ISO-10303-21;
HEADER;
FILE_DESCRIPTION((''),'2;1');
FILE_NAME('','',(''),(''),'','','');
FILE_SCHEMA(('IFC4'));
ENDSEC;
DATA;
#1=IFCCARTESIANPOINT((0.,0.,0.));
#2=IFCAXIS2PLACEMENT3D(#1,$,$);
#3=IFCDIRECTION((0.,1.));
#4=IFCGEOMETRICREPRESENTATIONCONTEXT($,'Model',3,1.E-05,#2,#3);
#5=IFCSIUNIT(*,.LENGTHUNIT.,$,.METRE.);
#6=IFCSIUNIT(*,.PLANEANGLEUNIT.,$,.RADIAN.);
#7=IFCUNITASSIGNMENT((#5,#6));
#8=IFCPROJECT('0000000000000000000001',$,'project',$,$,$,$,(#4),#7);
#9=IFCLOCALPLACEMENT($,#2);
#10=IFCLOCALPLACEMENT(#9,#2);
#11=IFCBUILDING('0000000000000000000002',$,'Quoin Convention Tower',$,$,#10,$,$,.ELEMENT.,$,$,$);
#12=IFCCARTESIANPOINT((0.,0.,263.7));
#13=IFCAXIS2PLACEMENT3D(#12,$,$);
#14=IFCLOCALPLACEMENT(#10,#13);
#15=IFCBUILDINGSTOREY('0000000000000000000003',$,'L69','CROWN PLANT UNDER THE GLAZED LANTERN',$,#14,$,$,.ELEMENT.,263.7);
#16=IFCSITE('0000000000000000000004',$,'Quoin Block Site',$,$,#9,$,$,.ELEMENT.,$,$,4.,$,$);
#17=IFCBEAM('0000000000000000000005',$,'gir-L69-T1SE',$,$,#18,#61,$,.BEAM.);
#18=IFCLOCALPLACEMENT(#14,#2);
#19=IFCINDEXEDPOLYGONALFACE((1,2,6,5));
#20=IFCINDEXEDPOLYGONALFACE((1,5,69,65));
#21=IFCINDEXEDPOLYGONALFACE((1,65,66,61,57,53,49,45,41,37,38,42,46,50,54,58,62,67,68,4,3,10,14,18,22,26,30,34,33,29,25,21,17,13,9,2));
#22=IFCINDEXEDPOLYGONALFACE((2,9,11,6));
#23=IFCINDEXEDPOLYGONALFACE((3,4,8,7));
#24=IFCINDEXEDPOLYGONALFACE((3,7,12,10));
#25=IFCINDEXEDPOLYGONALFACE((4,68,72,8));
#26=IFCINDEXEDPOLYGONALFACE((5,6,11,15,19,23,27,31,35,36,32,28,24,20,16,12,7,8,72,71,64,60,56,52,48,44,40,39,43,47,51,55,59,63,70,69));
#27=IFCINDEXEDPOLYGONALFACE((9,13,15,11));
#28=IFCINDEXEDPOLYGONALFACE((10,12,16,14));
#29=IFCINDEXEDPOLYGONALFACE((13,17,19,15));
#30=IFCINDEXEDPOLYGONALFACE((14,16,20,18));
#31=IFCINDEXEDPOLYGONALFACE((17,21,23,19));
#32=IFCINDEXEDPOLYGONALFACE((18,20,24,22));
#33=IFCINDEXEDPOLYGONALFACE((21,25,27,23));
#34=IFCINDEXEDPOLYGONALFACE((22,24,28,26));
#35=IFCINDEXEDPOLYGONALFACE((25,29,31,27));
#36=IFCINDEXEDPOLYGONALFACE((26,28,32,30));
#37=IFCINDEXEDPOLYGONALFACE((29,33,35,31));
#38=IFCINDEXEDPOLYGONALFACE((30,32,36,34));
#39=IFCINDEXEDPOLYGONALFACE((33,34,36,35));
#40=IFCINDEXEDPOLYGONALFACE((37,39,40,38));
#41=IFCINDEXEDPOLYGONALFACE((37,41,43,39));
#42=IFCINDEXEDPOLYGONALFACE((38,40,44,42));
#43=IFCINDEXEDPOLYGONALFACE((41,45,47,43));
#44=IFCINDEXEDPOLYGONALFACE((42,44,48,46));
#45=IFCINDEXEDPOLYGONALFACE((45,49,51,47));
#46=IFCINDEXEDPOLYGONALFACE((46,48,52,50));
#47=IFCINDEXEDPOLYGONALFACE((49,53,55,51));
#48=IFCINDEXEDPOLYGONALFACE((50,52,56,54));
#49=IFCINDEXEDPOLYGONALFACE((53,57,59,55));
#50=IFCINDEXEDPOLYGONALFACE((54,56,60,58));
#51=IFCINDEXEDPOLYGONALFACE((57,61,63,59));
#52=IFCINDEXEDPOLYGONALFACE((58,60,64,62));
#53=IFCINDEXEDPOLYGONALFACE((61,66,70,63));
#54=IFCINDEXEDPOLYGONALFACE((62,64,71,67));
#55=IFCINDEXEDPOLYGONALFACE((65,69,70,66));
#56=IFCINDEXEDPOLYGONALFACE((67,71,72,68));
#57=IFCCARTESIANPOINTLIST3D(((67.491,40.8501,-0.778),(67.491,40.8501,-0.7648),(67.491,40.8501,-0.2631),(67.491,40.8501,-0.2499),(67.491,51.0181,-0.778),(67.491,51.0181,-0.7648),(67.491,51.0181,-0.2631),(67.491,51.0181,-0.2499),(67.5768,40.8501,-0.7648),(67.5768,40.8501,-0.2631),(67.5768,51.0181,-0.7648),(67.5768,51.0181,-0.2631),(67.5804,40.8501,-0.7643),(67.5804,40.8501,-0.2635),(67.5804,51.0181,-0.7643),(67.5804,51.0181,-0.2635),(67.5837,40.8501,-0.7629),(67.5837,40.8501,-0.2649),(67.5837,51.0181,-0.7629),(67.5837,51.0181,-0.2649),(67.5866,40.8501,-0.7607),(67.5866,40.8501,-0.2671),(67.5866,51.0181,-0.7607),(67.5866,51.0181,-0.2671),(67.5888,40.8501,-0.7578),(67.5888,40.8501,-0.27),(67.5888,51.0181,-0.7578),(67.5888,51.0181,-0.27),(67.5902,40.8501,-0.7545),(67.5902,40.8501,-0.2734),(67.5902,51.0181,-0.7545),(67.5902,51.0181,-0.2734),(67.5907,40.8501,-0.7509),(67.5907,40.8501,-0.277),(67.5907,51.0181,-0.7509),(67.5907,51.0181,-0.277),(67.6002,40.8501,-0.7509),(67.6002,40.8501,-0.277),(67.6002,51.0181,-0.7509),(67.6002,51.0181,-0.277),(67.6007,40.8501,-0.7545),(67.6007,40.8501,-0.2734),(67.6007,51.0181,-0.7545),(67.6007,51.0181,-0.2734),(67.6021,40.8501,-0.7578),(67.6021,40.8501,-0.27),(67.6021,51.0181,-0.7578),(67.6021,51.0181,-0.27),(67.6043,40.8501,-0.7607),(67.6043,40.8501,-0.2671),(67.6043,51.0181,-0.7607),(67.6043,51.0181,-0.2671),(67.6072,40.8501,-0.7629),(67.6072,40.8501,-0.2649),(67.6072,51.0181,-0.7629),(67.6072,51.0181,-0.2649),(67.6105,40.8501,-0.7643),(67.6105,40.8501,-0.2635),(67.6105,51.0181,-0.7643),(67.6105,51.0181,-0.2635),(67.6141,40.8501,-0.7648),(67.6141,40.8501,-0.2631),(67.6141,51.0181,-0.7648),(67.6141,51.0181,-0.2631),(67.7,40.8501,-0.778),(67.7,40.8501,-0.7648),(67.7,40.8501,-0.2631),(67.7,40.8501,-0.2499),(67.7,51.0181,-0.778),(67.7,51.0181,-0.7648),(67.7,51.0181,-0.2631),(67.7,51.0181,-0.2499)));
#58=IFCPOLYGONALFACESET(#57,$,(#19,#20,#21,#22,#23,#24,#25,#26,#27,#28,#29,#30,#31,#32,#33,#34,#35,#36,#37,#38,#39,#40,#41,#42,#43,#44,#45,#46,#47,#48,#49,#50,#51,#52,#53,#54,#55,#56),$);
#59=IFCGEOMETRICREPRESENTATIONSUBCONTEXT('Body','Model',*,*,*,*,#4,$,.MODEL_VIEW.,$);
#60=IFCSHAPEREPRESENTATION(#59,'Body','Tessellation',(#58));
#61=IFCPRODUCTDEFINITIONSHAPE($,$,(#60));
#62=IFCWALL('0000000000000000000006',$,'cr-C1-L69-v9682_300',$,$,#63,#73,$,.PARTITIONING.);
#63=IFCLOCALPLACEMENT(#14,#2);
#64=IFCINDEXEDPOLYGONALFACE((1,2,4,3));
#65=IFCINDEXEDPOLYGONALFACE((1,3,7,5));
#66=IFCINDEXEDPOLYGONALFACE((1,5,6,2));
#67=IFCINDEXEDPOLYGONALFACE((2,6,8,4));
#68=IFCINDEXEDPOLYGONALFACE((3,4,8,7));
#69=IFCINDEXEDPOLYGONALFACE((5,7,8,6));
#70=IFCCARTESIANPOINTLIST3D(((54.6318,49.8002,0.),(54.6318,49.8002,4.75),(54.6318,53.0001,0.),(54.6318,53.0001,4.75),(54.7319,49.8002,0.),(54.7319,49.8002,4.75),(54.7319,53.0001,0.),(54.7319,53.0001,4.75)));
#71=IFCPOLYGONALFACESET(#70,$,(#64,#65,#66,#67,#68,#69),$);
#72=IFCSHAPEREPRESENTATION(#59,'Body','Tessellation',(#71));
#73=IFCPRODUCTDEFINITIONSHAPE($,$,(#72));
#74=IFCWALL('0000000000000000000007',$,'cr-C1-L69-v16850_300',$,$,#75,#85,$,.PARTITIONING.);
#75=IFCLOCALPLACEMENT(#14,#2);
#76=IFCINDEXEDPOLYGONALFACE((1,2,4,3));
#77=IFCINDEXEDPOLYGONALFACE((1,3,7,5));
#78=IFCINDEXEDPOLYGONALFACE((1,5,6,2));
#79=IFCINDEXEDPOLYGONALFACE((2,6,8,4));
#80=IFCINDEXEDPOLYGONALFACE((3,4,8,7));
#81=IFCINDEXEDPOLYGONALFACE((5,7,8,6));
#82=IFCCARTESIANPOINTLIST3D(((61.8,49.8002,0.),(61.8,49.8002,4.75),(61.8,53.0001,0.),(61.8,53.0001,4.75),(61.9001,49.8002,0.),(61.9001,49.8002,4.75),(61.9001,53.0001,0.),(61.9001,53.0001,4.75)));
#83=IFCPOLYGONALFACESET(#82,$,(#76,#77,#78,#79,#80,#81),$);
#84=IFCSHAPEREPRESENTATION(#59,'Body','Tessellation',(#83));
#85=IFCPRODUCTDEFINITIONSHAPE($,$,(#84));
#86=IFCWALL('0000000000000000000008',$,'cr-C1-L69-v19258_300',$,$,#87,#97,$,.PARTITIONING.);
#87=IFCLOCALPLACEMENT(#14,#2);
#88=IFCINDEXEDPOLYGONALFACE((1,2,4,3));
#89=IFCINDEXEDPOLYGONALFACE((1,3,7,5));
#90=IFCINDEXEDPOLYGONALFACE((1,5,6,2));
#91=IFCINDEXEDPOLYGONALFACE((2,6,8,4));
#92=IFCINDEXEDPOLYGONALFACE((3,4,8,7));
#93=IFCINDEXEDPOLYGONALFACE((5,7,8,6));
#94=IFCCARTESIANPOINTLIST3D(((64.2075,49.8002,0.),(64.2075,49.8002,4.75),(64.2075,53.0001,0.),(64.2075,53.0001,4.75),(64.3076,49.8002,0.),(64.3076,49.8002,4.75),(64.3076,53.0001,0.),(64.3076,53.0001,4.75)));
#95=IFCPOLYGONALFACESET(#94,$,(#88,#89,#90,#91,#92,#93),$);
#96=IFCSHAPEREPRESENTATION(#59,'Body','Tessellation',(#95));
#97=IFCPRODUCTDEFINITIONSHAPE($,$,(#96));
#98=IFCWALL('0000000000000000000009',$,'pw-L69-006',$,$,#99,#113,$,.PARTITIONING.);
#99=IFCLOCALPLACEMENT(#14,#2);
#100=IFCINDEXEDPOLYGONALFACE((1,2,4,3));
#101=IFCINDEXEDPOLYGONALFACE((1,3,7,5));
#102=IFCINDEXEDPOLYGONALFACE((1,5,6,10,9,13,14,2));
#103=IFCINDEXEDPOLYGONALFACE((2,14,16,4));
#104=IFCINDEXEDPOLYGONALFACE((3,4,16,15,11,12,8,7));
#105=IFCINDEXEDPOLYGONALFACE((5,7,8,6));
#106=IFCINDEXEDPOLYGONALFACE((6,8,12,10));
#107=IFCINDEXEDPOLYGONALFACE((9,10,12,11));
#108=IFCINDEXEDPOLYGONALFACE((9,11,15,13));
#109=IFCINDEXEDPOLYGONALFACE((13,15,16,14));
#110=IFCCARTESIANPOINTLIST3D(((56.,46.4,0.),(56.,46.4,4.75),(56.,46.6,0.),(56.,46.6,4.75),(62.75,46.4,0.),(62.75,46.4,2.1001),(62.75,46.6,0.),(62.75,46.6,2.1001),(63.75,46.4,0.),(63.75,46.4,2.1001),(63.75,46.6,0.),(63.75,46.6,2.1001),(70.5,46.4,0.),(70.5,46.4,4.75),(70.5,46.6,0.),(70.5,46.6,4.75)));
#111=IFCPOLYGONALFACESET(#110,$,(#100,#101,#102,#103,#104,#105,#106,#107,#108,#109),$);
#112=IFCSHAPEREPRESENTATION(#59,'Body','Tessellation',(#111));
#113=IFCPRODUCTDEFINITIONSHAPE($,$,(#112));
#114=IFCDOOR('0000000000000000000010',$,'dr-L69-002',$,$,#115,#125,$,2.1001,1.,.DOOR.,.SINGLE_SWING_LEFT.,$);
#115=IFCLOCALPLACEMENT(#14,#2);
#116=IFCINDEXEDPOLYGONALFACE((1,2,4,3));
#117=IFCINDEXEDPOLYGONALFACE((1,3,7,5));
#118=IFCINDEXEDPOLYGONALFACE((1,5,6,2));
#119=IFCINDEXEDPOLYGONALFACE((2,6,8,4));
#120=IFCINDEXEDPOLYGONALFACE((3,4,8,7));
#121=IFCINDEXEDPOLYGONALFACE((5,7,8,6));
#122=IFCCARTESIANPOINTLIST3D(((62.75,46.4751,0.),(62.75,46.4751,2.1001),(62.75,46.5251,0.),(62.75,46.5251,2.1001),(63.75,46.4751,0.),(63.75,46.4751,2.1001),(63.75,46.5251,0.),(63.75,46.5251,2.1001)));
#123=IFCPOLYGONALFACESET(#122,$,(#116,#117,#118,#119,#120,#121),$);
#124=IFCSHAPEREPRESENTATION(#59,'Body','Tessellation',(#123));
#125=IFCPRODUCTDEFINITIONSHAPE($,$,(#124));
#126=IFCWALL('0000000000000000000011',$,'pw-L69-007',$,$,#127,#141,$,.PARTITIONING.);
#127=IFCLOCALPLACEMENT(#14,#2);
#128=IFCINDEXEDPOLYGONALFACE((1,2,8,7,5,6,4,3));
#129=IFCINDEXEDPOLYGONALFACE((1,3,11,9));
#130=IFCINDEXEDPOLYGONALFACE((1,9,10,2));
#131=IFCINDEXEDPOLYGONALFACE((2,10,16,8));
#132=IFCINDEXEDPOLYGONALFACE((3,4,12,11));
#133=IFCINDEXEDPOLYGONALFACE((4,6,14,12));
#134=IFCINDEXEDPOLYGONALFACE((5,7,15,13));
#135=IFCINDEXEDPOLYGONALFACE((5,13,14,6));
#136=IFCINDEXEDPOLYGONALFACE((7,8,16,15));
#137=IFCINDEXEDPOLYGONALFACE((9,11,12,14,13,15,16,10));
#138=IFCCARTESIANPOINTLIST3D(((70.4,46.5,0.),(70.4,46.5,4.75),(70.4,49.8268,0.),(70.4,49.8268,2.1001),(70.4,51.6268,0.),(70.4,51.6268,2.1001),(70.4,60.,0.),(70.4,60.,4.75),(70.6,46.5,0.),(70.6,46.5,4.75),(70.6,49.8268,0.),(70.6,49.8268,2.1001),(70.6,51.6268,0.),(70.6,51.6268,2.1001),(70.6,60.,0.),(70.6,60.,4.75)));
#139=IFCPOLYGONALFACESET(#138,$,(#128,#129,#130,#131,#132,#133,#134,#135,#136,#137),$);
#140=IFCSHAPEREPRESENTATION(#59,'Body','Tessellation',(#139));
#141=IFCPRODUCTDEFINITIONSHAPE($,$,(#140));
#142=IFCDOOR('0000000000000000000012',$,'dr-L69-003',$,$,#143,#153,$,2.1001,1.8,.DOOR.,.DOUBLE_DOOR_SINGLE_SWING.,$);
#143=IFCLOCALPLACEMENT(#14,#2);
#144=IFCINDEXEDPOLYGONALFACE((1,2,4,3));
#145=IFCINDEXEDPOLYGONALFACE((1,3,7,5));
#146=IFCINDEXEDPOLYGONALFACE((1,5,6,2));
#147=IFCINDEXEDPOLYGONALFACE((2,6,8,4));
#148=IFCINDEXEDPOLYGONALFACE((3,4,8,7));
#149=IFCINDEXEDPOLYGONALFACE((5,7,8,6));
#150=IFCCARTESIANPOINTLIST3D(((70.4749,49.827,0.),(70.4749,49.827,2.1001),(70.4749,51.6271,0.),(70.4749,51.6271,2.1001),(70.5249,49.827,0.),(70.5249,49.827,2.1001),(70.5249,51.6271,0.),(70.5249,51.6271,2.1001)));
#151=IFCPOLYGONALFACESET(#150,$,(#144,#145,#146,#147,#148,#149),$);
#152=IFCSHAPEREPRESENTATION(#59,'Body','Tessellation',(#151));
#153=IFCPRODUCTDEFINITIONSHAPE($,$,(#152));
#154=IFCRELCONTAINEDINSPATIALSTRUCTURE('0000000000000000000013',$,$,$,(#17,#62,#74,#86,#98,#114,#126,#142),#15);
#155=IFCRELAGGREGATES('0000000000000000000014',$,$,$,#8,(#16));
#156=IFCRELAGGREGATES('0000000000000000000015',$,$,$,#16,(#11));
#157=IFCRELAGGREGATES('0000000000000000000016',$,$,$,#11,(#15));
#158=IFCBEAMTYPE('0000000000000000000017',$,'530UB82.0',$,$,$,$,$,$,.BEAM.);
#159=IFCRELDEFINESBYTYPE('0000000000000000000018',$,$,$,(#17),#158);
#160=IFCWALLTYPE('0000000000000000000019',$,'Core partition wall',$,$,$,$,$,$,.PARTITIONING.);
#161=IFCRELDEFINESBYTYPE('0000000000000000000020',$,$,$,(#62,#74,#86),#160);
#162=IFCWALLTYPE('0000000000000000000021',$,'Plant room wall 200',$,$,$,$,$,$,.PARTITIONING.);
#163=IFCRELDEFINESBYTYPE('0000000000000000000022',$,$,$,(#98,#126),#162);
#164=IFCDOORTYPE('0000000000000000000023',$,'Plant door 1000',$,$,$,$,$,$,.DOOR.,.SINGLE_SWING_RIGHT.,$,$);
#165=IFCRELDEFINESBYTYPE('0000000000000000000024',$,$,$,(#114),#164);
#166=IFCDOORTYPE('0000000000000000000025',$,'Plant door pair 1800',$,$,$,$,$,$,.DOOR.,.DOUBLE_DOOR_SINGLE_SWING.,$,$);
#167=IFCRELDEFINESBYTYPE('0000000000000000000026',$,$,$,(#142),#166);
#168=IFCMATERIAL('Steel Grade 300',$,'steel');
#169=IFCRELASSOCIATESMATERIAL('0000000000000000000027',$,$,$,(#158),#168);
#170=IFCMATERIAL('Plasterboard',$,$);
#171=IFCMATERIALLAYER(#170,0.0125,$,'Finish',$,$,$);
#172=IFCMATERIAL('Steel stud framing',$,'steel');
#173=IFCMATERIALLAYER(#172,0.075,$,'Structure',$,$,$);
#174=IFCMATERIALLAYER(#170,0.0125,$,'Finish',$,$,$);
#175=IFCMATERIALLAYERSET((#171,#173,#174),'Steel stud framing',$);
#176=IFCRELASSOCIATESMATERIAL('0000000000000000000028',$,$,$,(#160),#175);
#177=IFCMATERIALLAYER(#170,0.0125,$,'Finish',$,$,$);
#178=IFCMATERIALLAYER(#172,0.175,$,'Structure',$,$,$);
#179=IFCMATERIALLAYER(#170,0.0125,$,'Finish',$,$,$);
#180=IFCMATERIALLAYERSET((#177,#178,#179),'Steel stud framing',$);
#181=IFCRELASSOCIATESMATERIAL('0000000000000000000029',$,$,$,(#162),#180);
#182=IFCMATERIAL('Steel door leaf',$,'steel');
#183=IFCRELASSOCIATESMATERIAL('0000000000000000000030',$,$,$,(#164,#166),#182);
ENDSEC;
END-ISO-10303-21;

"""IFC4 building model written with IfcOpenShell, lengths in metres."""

from ifc_helpers import new_model, si_unit, direction, frame, frame_2d, origin, origin_2d, place, context, subcontext, project, spatial, rectangle, i_section, extrude, material, layer, layer_set, material_profile, profile_set, type_object, element, fill, save


model = new_model("IFC4")

# Units and contexts
model_context = context("Model", 3, precision=1e-05, world=origin(), true_north=direction((0.0, 1.0)))
body_context = subcontext(model_context, "Body", "Model", "MODEL_VIEW")
ifc_project = project(units=[si_unit("LENGTHUNIT", "METRE"), si_unit("PLANEANGLEUNIT", "RADIAN")], contexts=[model_context])

# Site, building, storey
site_placement = place(None, origin())
site = spatial("IfcSite", under=ifc_project, at=site_placement, Name="Quoin Block Site", CompositionType="ELEMENT", RefElevation=4.0)
building_placement = place(site_placement, origin())
building = spatial("IfcBuilding", under=site, at=building_placement, Name="Quoin Convention Tower", CompositionType="ELEMENT")
storey_placement = place(building_placement, frame((0.0, 0.0, 263.7)))
storey = spatial("IfcBuildingStorey", under=building, at=storey_placement, Name="L69", Description="CROWN PLANT UNDER THE GLAZED LANTERN", CompositionType="ELEMENT", Elevation=263.7)

# Beam
ifc_material_1 = material(Name="Steel Grade 300", Category="steel")
ifc_material_profile_1 = material_profile(ifc_material_1, i_section(OverallWidth=0.209, OverallDepth=0.5281, WebThickness=0.0095, FlangeThickness=0.0132, FilletRadius=0.0139, at=origin_2d()), Name="530UB82.0")
ifc_profile_set_1 = profile_set([ifc_material_profile_1], Name="Steel Grade 300")
beam_type_1 = type_object("IfcBeamType", Name="530UB82.0", PredefinedType="BEAM", material=ifc_profile_set_1)
beam_1_placement = place(storey_placement, frame((67.5955, 40.8501, -0.5139), z_axis=(0.0, 1.0, 0.0), x_axis=(-1.0, 0.0, 0.0)))
element("IfcBeam", 1, at=beam_1_placement, inside=storey, type_object=beam_type_1, Name="gir-L69-T1SE", PredefinedType="BEAM", context=body_context, shape_type="SweptSolid", body=[
    extrude(i_section(OverallWidth=0.209, OverallDepth=0.5281, WebThickness=0.0095, FlangeThickness=0.0132, FilletRadius=0.0139, at=origin_2d()), origin(), (0.0, 0.0, 1.0), 10.168),
])

# Walls
ifc_material_2 = material(Name="Plasterboard")
ifc_layer_1 = layer(ifc_material_2, 0.0125, Name="Finish")
ifc_material_3 = material(Name="Steel stud framing", Category="steel")
ifc_layer_2 = layer(ifc_material_3, 0.075, Name="Structure")
ifc_layer_3 = layer(ifc_material_2, 0.0125, Name="Finish")
ifc_layer_set_1 = layer_set([ifc_layer_1, ifc_layer_2, ifc_layer_3], Name="Steel stud framing")
wall_type_1 = type_object("IfcWallType", Name="Core partition wall", PredefinedType="PARTITIONING", material=ifc_layer_set_1)
for number, where, z_axis, x_axis, name in (
    (2, (54.6819, 49.8, 0.0), (0.0, 0.0, 1.0), (0.0, 1.0, 0.0), "cr-C1-L69-v9682_300"),
    (3, (61.8501, 49.8, 0.0), (0.0, 0.0, 1.0), (0.0, 1.0, 0.0), "cr-C1-L69-v16850_300"),
    (4, (64.2576, 49.8, 0.0), (0.0, 0.0, 1.0), (0.0, 1.0, 0.0), "cr-C1-L69-v19258_300"),
):
    element("IfcWall", number, at=place(storey_placement, frame(where, z_axis=z_axis, x_axis=x_axis)), inside=storey, type_object=wall_type_1, Name=name, PredefinedType="PARTITIONING", context=body_context, shape_type="SweptSolid", body=[
        extrude(rectangle(XDim=3.2, YDim=0.1001, at=frame_2d((1.6001, 0.0))), origin(), (0.0, 0.0, 1.0), 4.75),
    ])

# Walls, openings, doors
ifc_layer_4 = layer(ifc_material_2, 0.0125, Name="Finish")
ifc_layer_5 = layer(ifc_material_3, 0.175, Name="Structure")
ifc_layer_6 = layer(ifc_material_2, 0.0125, Name="Finish")
ifc_layer_set_2 = layer_set([ifc_layer_4, ifc_layer_5, ifc_layer_6], Name="Steel stud framing")
wall_type_2 = type_object("IfcWallType", Name="Plant room wall 200", PredefinedType="PARTITIONING", material=ifc_layer_set_2)
wall_1_placement = place(storey_placement, frame((56.0, 46.5, 0.0), z_axis=(0.0, 0.0, 1.0), x_axis=(1.0, 0.0, 0.0)))
wall_1 = element("IfcWall", 5, at=wall_1_placement, inside=storey, type_object=wall_type_2, Name="pw-L69-006", PredefinedType="PARTITIONING", context=body_context, shape_type="SweptSolid", body=[
    extrude(rectangle(XDim=14.5, YDim=0.2, at=frame_2d((7.25, 0.0))), origin(), (0.0, 0.0, 1.0), 4.75),
])
opening_1_placement = place(wall_1_placement, frame((6.75, 0.0, 0.0)))
opening_1 = element("IfcOpeningElement", 6, at=opening_1_placement, cuts=wall_1, PredefinedType="OPENING", context=body_context, shape_type="SweptSolid", body=[
    extrude(rectangle(XDim=1.0, YDim=2.1001, at=frame_2d((0.5, 1.05))), frame((0.0, 0.1099, 0.0), z_axis=(0.0, -1.0, 0.0), x_axis=(1.0, 0.0, 0.0)), (0.0, 0.0, 1.0), 0.22),
])
ifc_material_4 = material(Name="Steel door leaf", Category="steel")
door_type_1 = type_object("IfcDoorType", Name="Plant door 1000", OperationType="SINGLE_SWING_RIGHT", PredefinedType="DOOR", material=ifc_material_4)
door_1_placement = place(opening_1_placement, frame((1.0, 0.0, 0.0), z_axis=(0.0, 0.0, 1.0), x_axis=(-1.0, 0.0, 0.0)))
door_1 = element("IfcDoor", 7, at=door_1_placement, inside=storey, type_object=door_type_1, Name="dr-L69-002", OperationType="SINGLE_SWING_LEFT", OverallHeight=2.1001, OverallWidth=1.0, PredefinedType="DOOR", context=body_context, shape_type="SweptSolid", body=[
    extrude(rectangle(XDim=1.0, YDim=2.1001, at=frame_2d((0.5, 1.05))), frame((0.0, 0.0249, 0.0), z_axis=(0.0, -1.0, 0.0), x_axis=(1.0, 0.0, 0.0)), (0.0, 0.0, 1.0), 0.05),
])
fill(opening_1, door_1)
wall_2_placement = place(storey_placement, frame((70.5, 46.5, 0.0), z_axis=(0.0, 0.0, 1.0), x_axis=(0.0, 1.0, 0.0)))
wall_2 = element("IfcWall", 8, at=wall_2_placement, inside=storey, type_object=wall_type_2, Name="pw-L69-007", PredefinedType="PARTITIONING", context=body_context, shape_type="SweptSolid", body=[
    extrude(rectangle(XDim=13.5, YDim=0.2, at=frame_2d((6.75, 0.0))), origin(), (0.0, 0.0, 1.0), 4.75),
])
opening_2_placement = place(wall_2_placement, frame((3.3269, 0.0, 0.0)))
opening_2 = element("IfcOpeningElement", 9, at=opening_2_placement, cuts=wall_2, PredefinedType="OPENING", context=body_context, shape_type="SweptSolid", body=[
    extrude(rectangle(XDim=1.8, YDim=2.1001, at=frame_2d((0.8999, 1.05))), frame((0.0, 0.1099, 0.0), z_axis=(0.0, -1.0, 0.0), x_axis=(1.0, 0.0, 0.0)), (0.0, 0.0, 1.0), 0.22),
])
door_type_2 = type_object("IfcDoorType", Name="Plant door pair 1800", OperationType="DOUBLE_DOOR_SINGLE_SWING", PredefinedType="DOOR", material=ifc_material_4)
door_2_placement = place(opening_2_placement, frame((1.8, 0.0, 0.0), z_axis=(0.0, 0.0, 1.0), x_axis=(-1.0, 0.0, 0.0)))
door_2 = element("IfcDoor", 10, at=door_2_placement, inside=storey, type_object=door_type_2, Name="dr-L69-003", OperationType="DOUBLE_DOOR_SINGLE_SWING", OverallHeight=2.1001, OverallWidth=1.8, PredefinedType="DOOR", context=body_context, shape_type="SweptSolid", body=[
    extrude(rectangle(XDim=1.8, YDim=2.1001, at=frame_2d((0.8999, 1.05))), frame((0.0, 0.0249, 0.0), z_axis=(0.0, -1.0, 0.0), x_axis=(1.0, 0.0, 0.0)), (0.0, 0.0, 1.0), 0.05),
])
fill(opening_2, door_2)

save(model, "model.ifc")
